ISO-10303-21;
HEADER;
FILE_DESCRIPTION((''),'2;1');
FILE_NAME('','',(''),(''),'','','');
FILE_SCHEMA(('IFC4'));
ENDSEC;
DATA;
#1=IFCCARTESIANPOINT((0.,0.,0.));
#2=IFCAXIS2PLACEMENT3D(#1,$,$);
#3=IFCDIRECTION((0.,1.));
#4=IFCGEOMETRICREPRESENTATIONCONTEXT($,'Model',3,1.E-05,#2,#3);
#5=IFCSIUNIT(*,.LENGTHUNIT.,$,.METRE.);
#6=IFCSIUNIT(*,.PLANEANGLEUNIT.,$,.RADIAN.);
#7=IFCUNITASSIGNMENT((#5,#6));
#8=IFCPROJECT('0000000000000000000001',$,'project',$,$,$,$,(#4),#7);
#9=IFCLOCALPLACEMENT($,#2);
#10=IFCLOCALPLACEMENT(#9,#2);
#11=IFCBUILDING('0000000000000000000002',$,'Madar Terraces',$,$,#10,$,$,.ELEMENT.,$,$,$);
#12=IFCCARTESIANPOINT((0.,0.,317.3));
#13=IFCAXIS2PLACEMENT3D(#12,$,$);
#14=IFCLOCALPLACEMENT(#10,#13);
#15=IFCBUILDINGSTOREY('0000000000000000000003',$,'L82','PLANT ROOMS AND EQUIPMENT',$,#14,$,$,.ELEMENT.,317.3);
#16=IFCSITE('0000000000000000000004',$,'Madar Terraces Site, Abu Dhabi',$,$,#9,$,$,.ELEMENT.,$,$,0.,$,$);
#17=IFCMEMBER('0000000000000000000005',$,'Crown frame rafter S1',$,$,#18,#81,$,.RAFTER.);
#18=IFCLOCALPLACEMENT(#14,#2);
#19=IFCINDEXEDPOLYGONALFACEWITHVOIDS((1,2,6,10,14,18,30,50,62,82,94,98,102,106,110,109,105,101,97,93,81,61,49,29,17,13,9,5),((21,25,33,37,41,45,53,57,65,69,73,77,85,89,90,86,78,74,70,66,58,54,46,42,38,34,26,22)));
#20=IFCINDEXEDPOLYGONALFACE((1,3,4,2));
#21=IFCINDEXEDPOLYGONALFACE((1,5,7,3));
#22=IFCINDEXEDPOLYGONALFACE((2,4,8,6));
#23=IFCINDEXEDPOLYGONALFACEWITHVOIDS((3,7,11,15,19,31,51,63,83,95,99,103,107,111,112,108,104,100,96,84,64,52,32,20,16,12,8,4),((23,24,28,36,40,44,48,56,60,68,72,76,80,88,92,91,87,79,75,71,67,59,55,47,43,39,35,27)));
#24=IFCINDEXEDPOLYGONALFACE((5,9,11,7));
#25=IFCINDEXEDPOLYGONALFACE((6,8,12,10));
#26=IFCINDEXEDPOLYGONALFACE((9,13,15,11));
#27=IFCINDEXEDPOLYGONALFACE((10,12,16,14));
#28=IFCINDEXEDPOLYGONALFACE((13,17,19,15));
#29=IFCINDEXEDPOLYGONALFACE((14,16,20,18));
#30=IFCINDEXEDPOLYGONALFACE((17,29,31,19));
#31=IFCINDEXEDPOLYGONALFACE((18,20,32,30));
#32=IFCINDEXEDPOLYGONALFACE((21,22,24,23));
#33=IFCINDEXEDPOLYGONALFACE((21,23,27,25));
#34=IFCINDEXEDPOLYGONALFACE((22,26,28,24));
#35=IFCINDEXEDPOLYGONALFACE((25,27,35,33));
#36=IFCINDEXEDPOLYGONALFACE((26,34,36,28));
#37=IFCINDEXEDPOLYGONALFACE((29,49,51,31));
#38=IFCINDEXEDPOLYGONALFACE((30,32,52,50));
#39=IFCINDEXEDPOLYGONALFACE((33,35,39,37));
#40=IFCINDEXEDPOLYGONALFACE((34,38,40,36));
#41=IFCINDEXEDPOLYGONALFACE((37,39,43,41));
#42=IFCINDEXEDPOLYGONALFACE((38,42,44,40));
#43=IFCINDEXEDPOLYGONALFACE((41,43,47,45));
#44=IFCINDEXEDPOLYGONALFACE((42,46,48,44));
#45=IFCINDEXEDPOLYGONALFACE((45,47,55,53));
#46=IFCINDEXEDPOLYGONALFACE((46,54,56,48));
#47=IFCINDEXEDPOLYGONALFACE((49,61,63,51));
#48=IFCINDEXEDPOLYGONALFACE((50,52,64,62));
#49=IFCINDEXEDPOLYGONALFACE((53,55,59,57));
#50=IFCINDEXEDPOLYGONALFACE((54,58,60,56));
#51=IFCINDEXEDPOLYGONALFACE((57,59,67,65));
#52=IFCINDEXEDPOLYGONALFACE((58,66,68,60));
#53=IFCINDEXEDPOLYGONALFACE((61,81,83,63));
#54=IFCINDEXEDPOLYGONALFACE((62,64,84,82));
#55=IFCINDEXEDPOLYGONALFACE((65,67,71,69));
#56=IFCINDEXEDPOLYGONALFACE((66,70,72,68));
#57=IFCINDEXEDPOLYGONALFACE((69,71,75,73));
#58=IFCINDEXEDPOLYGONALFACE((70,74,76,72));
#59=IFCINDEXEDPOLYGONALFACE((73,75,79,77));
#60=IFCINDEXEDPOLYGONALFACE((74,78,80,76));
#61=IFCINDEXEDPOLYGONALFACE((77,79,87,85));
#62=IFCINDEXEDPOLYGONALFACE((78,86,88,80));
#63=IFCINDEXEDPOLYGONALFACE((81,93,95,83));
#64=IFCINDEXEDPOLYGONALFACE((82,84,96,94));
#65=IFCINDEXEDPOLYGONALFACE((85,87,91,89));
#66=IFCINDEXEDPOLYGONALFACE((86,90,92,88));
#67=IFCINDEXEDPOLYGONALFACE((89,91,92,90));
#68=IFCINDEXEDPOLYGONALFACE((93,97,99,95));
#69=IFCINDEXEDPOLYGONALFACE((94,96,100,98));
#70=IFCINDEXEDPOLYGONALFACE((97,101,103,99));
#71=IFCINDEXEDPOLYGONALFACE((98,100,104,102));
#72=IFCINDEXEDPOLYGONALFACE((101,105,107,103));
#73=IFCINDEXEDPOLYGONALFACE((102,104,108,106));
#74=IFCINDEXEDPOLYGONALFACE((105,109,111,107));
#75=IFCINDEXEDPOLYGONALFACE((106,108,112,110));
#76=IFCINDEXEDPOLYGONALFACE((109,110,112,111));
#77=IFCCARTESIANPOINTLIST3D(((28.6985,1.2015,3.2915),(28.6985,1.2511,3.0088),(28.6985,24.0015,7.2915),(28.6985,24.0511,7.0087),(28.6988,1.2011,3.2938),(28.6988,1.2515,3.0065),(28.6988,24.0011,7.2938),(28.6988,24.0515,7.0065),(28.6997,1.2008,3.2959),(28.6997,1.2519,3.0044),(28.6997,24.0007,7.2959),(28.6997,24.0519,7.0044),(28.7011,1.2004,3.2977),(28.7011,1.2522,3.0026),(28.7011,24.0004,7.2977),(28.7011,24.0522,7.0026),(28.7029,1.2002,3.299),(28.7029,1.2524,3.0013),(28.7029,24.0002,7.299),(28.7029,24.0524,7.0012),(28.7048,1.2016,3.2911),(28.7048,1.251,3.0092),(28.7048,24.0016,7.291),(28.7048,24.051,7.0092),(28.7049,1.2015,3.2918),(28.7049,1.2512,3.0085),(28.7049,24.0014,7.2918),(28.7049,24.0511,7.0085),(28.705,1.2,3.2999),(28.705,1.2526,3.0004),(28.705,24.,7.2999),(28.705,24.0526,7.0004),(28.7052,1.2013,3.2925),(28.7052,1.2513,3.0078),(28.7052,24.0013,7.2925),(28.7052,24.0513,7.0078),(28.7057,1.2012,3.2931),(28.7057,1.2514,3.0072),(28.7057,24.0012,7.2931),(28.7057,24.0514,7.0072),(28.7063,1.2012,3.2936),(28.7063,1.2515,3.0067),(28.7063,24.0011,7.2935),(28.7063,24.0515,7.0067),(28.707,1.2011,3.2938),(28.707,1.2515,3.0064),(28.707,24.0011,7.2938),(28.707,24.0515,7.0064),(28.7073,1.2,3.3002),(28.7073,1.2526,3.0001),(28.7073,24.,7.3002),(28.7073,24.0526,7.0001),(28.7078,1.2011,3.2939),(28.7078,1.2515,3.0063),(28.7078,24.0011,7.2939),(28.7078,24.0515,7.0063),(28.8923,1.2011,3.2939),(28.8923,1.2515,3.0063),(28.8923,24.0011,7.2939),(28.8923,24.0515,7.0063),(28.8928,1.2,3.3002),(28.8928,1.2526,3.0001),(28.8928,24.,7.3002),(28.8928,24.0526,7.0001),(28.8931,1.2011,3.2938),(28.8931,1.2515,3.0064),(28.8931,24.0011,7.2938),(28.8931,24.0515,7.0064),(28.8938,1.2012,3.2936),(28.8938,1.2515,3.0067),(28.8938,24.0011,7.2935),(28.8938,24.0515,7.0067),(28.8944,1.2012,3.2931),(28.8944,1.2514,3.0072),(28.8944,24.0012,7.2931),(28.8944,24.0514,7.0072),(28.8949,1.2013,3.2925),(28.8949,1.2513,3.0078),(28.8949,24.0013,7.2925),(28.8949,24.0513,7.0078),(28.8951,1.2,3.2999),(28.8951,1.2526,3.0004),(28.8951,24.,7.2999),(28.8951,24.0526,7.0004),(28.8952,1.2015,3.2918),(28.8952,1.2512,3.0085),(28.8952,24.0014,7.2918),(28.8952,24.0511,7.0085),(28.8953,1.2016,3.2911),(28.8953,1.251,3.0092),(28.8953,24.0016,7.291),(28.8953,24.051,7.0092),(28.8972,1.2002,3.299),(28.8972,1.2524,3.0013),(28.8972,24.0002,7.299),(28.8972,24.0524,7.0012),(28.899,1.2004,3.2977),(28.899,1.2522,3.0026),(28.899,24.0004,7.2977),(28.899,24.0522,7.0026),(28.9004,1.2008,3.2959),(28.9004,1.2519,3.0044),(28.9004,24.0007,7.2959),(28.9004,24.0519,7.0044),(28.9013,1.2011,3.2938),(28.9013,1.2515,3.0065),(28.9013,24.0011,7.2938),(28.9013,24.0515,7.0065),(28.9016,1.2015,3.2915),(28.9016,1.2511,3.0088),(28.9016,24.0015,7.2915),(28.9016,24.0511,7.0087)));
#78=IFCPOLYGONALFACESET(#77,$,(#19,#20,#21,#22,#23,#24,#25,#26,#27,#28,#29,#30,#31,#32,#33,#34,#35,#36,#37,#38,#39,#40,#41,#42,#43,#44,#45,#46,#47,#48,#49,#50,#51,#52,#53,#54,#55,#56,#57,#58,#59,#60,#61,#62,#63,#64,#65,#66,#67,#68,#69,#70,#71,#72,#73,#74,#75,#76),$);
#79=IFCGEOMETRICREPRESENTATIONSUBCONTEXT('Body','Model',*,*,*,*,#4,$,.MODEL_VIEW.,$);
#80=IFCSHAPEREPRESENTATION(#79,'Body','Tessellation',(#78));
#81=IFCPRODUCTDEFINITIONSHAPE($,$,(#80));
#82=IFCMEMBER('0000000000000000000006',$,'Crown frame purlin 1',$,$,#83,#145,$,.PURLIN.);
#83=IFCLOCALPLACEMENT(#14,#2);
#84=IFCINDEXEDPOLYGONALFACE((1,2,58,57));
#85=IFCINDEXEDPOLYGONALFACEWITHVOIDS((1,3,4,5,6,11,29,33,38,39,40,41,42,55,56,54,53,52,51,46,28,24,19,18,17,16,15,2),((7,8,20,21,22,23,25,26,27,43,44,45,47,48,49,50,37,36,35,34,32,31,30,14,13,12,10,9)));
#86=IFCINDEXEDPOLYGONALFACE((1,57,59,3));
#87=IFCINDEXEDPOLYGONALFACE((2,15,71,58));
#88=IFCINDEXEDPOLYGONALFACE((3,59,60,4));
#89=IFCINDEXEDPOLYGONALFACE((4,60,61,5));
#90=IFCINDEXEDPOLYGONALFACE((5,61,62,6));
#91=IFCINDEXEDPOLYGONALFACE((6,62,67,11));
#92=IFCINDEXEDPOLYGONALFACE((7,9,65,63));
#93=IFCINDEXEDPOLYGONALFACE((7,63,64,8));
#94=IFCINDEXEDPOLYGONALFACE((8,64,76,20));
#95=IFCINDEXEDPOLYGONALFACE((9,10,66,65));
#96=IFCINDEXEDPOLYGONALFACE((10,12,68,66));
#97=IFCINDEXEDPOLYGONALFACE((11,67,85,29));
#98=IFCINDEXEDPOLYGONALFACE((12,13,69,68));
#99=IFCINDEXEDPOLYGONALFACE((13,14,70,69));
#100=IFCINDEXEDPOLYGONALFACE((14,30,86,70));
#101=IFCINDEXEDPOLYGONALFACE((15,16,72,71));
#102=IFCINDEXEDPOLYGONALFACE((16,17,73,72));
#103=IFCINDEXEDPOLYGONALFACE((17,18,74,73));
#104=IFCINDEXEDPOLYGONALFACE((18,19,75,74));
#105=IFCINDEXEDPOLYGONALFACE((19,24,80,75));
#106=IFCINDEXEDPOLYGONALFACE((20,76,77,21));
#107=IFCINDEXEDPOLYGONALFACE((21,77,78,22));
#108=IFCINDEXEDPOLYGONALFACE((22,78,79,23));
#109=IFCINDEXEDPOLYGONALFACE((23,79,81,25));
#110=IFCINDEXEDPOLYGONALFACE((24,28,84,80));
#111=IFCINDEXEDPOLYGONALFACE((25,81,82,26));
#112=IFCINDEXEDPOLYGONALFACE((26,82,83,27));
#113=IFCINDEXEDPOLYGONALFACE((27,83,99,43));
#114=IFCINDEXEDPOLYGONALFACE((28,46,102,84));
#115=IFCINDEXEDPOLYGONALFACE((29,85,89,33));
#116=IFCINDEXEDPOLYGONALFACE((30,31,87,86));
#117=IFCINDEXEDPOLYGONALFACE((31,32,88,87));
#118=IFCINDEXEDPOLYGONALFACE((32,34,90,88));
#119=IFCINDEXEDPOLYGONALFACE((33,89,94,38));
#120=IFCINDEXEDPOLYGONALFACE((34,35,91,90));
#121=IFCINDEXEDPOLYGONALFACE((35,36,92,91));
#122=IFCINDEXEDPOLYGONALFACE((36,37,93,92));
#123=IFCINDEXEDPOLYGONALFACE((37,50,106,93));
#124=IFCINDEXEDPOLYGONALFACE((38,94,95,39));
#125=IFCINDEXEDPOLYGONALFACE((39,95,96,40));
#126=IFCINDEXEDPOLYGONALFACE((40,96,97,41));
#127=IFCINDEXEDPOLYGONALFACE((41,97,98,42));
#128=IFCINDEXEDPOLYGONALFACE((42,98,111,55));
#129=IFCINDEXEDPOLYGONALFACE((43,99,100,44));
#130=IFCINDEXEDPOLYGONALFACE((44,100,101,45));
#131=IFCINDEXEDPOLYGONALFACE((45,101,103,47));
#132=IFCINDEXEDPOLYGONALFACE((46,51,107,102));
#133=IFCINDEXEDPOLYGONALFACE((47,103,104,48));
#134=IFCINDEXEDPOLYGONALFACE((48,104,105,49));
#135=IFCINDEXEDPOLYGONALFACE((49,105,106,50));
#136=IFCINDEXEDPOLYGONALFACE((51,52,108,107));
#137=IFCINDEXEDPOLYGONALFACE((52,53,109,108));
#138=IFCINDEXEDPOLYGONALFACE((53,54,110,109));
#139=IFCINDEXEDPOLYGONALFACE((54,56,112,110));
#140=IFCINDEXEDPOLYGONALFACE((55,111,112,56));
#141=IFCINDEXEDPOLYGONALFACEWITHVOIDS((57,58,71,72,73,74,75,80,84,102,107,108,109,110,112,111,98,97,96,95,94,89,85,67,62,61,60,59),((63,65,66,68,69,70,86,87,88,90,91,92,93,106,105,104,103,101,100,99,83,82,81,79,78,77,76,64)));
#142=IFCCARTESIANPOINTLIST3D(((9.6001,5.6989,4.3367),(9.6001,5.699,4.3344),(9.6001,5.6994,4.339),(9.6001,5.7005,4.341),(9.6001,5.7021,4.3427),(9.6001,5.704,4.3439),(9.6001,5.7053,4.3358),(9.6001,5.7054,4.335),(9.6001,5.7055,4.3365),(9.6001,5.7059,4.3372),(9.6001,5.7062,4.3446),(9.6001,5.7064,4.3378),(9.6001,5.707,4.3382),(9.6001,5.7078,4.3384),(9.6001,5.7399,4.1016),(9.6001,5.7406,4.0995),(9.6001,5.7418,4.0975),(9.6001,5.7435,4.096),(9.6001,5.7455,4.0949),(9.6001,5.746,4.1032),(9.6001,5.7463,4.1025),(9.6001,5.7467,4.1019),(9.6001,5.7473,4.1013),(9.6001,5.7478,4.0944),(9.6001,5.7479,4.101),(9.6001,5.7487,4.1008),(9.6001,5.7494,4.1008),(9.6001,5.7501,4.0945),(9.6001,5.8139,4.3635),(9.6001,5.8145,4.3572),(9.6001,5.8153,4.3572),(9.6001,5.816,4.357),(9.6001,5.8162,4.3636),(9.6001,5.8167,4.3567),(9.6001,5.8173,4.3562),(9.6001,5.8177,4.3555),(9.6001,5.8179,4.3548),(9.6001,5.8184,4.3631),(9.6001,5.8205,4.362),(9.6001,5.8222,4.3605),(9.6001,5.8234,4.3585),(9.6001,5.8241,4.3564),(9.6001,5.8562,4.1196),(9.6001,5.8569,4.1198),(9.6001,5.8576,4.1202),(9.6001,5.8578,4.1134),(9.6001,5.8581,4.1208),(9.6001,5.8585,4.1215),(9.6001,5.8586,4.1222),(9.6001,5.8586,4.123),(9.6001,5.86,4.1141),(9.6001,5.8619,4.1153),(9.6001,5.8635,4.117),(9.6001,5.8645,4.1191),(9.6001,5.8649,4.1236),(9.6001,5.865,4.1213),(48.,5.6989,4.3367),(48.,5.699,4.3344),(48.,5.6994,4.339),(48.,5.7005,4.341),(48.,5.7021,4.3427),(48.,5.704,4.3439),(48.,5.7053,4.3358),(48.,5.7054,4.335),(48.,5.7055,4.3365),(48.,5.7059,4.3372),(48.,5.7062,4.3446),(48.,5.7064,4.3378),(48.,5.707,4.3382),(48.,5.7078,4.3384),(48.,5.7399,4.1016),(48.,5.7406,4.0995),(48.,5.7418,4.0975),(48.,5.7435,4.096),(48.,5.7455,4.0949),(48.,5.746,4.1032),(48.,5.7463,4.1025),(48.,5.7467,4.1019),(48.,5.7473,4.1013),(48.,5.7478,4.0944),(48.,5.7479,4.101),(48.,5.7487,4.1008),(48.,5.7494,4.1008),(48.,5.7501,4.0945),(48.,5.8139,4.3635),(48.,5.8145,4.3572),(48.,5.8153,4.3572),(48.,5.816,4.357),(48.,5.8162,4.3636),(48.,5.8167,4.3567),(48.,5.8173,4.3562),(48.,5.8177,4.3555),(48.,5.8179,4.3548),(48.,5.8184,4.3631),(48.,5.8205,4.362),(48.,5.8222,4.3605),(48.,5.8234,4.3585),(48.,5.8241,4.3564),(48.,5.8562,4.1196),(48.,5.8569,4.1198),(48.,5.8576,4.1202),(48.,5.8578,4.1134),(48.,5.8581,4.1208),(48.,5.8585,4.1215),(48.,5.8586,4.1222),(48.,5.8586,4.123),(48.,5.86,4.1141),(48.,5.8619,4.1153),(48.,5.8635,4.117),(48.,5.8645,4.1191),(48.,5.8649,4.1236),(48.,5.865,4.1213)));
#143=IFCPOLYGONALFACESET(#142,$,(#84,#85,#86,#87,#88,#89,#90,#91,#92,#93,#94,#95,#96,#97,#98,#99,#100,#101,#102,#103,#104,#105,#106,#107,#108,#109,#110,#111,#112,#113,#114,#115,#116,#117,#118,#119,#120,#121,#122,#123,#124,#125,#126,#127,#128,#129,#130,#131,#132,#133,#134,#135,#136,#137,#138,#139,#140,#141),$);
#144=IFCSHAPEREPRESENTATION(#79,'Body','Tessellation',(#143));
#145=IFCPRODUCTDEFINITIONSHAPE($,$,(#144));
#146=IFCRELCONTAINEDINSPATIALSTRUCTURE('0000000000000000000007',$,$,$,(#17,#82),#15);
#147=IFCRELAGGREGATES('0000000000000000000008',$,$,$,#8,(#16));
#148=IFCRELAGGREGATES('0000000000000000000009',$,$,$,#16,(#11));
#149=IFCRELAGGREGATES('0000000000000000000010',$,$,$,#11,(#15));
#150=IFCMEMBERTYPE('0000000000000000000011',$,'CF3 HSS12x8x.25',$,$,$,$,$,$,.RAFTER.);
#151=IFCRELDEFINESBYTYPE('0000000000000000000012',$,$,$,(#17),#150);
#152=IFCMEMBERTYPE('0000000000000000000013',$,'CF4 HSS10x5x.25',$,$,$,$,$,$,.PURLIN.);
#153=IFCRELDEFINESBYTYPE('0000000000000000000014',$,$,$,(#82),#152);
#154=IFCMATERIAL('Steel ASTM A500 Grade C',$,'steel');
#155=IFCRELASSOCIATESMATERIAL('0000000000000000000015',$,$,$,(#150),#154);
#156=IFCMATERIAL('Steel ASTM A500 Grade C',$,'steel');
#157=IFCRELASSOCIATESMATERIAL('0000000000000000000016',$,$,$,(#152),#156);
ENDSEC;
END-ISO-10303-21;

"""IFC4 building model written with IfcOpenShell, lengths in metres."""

from ifc_helpers import new_model, si_unit, direction, frame, origin, origin_2d, place, context, subcontext, project, spatial, hollow_rectangle, extrude, material, material_profile, profile_set, type_object, element, save


model = new_model("IFC4")

# Units and contexts
model_context = context("Model", 3, precision=1e-05, world=origin(), true_north=direction((0.0, 1.0)))
body_context = subcontext(model_context, "Body", "Model", "MODEL_VIEW")
ifc_project = project(units=[si_unit("LENGTHUNIT", "METRE"), si_unit("PLANEANGLEUNIT", "RADIAN")], contexts=[model_context])

# Site, building, storey
site_placement = place(None, origin())
site = spatial("IfcSite", under=ifc_project, at=site_placement, Name="Madar Terraces Site, Abu Dhabi", CompositionType="ELEMENT", RefElevation=0.0)
building_placement = place(site_placement, origin())
building = spatial("IfcBuilding", under=site, at=building_placement, Name="Madar Terraces", CompositionType="ELEMENT")
storey_placement = place(building_placement, frame((0.0, 0.0, 317.3)))
storey = spatial("IfcBuildingStorey", under=building, at=storey_placement, Name="L82", Description="PLANT ROOMS AND EQUIPMENT", CompositionType="ELEMENT", Elevation=317.3)

# Members
ifc_material_1 = material(Name="Steel ASTM A500 Grade C", Category="steel")
ifc_material_profile_1 = material_profile(ifc_material_1, hollow_rectangle(XDim=0.2031, YDim=0.3047, WallThickness=0.0063, InnerFilletRadius=0.0029, OuterFilletRadius=0.0088, at=origin_2d()), Name="HSS12x8x.25")
ifc_profile_set_1 = profile_set([ifc_material_profile_1], Name="Steel ASTM A500 Grade C")
member_type_1 = type_object("IfcMemberType", Name="CF3 HSS12x8x.25", PredefinedType="RAFTER", material=ifc_profile_set_1)
member_1_placement = place(storey_placement, frame((28.8, 1.2263, 3.1501), z_axis=(0.0, 0.984957, 0.172799), x_axis=(-1.0, 0.0, 0.0)))
element("IfcMember", 1, at=member_1_placement, inside=storey, type_object=member_type_1, Name="Crown frame rafter S1", PredefinedType="RAFTER", context=body_context, shape_type="SweptSolid", body=[
    extrude(hollow_rectangle(XDim=0.2031, YDim=0.3047, WallThickness=0.0063, InnerFilletRadius=0.0029, OuterFilletRadius=0.0088, at=origin_2d()), origin(), (0.0, 0.0, 1.0), 23.1482),
])
ifc_material_2 = material(Name="Steel ASTM A500 Grade C", Category="steel")
ifc_material_profile_2 = material_profile(ifc_material_2, hollow_rectangle(XDim=0.127, YDim=0.2539, WallThickness=0.0063, InnerFilletRadius=0.0029, OuterFilletRadius=0.0088, at=origin_2d()), Name="HSS10x5x.25")
ifc_profile_set_2 = profile_set([ifc_material_profile_2], Name="Steel ASTM A500 Grade C")
member_type_2 = type_object("IfcMemberType", Name="CF4 HSS10x5x.25", PredefinedType="PURLIN", material=ifc_profile_set_2)
member_2_placement = place(storey_placement, frame((9.6001, 5.782, 4.229), z_axis=(1.0, 0.0, 0.0), x_axis=(0.0, 0.984957, 0.172799)))
element("IfcMember", 2, at=member_2_placement, inside=storey, type_object=member_type_2, Name="Crown frame purlin 1", PredefinedType="PURLIN", context=body_context, shape_type="SweptSolid", body=[
    extrude(hollow_rectangle(XDim=0.127, YDim=0.2539, WallThickness=0.0063, InnerFilletRadius=0.0029, OuterFilletRadius=0.0088, at=origin_2d()), origin(), (0.0, 0.0, 1.0), 38.3999),
])

save(model, "model.ifc")
